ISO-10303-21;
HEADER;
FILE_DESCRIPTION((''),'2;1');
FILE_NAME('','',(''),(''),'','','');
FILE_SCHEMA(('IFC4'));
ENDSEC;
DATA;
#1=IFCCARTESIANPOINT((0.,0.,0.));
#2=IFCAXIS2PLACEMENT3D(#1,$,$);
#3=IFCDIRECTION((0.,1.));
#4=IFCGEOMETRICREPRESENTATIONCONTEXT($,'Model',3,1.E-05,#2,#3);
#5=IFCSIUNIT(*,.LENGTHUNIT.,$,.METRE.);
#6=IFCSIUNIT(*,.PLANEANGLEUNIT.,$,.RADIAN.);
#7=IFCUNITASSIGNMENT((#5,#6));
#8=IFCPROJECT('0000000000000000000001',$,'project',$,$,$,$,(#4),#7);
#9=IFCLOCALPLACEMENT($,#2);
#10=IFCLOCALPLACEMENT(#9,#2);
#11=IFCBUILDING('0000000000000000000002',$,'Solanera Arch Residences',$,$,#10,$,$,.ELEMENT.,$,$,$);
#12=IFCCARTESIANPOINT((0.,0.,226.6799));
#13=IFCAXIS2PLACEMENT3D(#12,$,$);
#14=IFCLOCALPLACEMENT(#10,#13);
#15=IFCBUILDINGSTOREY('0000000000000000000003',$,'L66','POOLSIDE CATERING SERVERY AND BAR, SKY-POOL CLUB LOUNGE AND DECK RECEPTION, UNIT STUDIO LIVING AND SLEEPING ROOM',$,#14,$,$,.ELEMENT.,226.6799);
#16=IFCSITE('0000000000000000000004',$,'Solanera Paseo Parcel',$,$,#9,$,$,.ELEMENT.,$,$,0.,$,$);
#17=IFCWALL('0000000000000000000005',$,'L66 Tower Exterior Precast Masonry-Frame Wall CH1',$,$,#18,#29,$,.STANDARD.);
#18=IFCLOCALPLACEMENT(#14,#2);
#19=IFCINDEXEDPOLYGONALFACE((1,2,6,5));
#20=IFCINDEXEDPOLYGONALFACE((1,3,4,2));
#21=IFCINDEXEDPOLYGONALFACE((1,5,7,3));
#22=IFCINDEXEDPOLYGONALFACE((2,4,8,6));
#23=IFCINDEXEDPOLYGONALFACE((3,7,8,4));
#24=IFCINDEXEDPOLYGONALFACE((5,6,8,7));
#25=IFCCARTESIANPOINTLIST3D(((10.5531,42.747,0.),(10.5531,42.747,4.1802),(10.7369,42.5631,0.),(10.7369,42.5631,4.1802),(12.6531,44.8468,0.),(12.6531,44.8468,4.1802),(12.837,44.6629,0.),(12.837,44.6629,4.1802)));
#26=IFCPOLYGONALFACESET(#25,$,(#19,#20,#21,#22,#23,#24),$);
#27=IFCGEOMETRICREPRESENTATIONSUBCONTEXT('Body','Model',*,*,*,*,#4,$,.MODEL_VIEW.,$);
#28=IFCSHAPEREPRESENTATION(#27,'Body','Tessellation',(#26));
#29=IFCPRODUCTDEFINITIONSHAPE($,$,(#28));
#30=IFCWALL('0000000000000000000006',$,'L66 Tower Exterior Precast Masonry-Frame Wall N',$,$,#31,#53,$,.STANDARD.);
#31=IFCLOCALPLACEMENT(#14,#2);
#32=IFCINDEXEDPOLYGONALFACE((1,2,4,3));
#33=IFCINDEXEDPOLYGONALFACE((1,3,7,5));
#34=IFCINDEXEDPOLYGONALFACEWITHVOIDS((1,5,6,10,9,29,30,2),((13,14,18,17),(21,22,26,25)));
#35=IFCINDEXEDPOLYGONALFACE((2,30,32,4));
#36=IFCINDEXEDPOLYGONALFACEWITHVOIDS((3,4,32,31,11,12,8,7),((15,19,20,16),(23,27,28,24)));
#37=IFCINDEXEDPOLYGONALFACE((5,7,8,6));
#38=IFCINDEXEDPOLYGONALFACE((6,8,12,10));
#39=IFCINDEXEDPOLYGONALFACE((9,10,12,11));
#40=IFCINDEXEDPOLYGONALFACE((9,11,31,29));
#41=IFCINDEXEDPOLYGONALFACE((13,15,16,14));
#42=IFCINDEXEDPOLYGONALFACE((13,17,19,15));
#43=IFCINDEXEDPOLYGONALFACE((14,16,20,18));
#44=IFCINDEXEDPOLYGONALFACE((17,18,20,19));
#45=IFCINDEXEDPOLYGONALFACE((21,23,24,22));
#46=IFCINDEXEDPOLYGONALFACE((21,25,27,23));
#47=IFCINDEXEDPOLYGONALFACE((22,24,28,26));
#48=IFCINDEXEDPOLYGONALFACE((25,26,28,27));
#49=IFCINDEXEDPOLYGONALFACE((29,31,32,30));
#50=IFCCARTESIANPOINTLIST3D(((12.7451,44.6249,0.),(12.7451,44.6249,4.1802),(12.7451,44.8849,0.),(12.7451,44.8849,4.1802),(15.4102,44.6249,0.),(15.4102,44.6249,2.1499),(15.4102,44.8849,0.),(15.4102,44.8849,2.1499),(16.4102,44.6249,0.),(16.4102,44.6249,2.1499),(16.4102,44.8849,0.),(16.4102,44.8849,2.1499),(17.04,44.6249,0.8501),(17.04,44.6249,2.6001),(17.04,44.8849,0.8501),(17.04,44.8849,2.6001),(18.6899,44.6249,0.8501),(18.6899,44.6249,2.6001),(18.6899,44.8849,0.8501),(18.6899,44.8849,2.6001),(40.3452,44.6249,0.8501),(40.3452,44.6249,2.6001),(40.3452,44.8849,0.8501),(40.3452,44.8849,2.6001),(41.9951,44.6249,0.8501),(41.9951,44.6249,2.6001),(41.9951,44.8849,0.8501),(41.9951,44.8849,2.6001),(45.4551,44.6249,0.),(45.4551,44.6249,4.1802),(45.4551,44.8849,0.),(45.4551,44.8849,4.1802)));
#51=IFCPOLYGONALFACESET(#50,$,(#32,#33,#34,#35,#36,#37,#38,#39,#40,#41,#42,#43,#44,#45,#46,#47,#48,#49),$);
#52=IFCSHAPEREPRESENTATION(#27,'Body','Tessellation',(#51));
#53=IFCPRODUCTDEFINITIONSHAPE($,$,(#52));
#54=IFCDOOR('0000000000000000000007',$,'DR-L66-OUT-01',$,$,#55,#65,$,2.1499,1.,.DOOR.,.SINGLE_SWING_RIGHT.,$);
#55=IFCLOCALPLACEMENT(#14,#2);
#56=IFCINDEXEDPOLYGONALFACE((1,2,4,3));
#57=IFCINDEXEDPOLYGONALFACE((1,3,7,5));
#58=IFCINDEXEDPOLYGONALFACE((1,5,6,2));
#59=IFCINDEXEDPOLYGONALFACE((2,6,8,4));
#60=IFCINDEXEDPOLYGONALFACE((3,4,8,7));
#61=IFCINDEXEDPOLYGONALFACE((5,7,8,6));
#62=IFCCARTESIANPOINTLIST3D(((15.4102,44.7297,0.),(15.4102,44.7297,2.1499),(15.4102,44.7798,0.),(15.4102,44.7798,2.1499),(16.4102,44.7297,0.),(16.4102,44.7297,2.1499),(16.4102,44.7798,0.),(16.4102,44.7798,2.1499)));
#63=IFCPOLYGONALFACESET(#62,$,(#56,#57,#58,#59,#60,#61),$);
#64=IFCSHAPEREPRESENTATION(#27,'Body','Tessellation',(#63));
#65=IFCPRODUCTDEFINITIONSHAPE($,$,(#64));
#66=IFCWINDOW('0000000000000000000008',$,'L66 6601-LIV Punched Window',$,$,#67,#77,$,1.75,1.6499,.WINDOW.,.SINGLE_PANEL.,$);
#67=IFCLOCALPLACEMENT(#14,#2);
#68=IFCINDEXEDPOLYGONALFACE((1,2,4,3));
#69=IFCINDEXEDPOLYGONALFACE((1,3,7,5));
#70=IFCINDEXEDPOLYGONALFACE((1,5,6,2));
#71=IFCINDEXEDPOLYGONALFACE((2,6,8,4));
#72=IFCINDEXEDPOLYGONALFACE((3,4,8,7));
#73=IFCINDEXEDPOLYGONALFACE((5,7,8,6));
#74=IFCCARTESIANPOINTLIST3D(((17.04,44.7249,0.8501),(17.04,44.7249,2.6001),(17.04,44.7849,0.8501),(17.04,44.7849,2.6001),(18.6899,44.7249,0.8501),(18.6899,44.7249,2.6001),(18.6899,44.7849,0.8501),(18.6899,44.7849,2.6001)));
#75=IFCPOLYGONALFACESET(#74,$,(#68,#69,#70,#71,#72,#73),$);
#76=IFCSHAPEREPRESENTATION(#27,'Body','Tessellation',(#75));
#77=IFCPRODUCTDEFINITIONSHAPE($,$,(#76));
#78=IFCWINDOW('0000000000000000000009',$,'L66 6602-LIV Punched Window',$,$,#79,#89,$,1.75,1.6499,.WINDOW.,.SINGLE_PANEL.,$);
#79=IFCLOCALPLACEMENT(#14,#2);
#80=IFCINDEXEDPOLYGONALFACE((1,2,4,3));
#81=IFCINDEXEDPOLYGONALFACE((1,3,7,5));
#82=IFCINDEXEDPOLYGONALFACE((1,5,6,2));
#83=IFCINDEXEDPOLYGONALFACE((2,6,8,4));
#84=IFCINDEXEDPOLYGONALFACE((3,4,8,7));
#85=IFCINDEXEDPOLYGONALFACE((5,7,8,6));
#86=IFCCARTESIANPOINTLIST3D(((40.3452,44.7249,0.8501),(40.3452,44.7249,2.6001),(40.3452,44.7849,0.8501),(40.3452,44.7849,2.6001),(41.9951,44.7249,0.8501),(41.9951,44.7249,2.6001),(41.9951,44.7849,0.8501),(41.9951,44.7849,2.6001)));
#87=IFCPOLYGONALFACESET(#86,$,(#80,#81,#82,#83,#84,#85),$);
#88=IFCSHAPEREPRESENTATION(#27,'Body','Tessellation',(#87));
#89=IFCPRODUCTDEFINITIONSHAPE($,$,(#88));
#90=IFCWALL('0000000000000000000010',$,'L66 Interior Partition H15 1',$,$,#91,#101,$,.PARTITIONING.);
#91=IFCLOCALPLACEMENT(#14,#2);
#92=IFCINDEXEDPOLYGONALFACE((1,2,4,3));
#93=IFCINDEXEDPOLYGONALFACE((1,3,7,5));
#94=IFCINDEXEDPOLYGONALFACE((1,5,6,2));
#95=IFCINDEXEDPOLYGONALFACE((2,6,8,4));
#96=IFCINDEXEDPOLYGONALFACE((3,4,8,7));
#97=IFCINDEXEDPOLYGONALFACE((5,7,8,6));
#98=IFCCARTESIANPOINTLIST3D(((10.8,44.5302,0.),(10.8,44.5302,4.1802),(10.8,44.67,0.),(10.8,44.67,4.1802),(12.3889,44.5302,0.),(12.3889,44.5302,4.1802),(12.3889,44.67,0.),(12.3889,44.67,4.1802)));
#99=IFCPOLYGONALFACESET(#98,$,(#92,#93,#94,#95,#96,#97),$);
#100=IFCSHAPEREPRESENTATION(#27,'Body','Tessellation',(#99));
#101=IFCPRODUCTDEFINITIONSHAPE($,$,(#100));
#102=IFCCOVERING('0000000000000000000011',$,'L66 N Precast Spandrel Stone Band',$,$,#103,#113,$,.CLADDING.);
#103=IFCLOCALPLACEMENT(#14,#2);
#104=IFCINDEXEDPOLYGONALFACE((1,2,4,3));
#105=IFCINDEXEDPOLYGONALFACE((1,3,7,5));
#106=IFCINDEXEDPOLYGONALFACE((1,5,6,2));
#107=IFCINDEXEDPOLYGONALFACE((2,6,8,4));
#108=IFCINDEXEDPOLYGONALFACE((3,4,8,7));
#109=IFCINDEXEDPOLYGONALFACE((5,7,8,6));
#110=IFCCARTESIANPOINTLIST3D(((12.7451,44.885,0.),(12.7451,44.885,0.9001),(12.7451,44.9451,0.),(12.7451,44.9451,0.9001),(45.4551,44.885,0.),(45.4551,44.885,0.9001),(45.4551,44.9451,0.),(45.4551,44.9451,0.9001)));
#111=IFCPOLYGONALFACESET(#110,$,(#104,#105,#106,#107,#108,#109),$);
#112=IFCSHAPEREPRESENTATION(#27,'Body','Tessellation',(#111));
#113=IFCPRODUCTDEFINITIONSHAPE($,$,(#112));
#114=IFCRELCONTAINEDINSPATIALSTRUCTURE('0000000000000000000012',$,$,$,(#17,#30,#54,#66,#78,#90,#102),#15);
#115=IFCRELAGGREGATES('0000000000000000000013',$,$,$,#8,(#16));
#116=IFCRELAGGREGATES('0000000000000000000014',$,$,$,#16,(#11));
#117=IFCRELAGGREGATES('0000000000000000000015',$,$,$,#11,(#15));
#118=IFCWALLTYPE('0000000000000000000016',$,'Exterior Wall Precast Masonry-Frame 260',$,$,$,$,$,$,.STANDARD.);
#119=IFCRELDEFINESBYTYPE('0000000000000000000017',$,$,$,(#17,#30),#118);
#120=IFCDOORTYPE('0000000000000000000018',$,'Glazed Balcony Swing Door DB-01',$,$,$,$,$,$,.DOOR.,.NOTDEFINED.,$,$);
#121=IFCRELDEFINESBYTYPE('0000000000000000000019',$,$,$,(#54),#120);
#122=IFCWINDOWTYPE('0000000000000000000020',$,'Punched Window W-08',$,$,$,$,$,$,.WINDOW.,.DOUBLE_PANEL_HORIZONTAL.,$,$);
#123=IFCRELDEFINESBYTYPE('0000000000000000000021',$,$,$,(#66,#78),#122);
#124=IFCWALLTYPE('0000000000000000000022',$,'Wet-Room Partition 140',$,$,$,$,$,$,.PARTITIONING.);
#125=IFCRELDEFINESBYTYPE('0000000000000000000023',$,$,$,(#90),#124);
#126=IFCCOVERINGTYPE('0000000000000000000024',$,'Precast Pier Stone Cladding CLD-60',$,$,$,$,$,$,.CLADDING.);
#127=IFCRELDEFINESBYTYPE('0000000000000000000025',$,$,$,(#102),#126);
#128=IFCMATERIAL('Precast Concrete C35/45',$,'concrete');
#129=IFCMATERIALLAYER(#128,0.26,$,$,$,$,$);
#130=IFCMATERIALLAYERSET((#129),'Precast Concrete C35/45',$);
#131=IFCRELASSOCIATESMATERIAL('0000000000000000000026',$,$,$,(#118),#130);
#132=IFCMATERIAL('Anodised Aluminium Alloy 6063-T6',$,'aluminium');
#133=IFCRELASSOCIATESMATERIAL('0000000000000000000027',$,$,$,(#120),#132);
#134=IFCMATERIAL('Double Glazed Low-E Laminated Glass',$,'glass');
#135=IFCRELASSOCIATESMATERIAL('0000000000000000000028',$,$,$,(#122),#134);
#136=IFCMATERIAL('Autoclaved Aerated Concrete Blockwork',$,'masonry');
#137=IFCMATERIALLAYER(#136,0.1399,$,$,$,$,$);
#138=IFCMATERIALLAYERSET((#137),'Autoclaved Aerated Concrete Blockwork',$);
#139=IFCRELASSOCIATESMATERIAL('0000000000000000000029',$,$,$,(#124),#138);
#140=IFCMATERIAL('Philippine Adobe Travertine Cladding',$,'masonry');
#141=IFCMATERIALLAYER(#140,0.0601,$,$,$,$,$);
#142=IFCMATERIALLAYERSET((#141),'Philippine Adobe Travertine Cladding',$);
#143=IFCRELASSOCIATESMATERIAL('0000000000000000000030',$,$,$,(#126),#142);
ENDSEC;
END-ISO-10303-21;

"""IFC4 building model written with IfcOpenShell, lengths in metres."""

from ifc_helpers import new_model, si_unit, direction, frame, frame_2d, origin, place, context, subcontext, project, spatial, rectangle, extrude, material, layer, layer_set, type_object, element, fill, save


model = new_model("IFC4")

# Units and contexts
model_context = context("Model", 3, precision=1e-05, world=origin(), true_north=direction((0.0, 1.0)))
body_context = subcontext(model_context, "Body", "Model", "MODEL_VIEW")
ifc_project = project(units=[si_unit("LENGTHUNIT", "METRE"), si_unit("PLANEANGLEUNIT", "RADIAN")], contexts=[model_context])

# Site, building, storey
site_placement = place(None, origin())
site = spatial("IfcSite", under=ifc_project, at=site_placement, Name="Solanera Paseo Parcel", CompositionType="ELEMENT", RefElevation=0.0)
building_placement = place(site_placement, origin())
building = spatial("IfcBuilding", under=site, at=building_placement, Name="Solanera Arch Residences", CompositionType="ELEMENT")
storey_placement = place(building_placement, frame((0.0, 0.0, 226.6799)))
storey = spatial("IfcBuildingStorey", under=building, at=storey_placement, Name="L66", Description="POOLSIDE CATERING SERVERY AND BAR, SKY-POOL CLUB LOUNGE AND DECK RECEPTION, UNIT STUDIO LIVING AND SLEEPING ROOM", CompositionType="ELEMENT", Elevation=226.6799)

# Wall
ifc_material_1 = material(Name="Precast Concrete C35/45", Category="concrete")
ifc_layer_1 = layer(ifc_material_1, 0.26)
ifc_layer_set_1 = layer_set([ifc_layer_1], Name="Precast Concrete C35/45")
wall_type_1 = type_object("IfcWallType", Name="Exterior Wall Precast Masonry-Frame 260", PredefinedType="STANDARD", material=ifc_layer_set_1)
wall_1_placement = place(storey_placement, frame((10.645, 42.655, 0.0), z_axis=(0.0, 0.0, 1.0), x_axis=(0.707148, 0.707066, 0.0)))
element("IfcWall", 1, at=wall_1_placement, inside=storey, type_object=wall_type_1, Name="L66 Tower Exterior Precast Masonry-Frame Wall CH1", PredefinedType="STANDARD", context=body_context, shape_type="SweptSolid", body=[
    extrude(rectangle(XDim=2.9697, YDim=0.26, at=frame_2d((1.4849, 0.0))), origin(), (0.0, 0.0, 1.0), 4.1802),
])

# Wall, openings, door, windows
wall_2_placement = place(storey_placement, frame((12.7451, 44.7549, 0.0), z_axis=(0.0, 0.0, 1.0), x_axis=(1.0, 0.0, 0.0)))
wall_2 = element("IfcWall", 2, at=wall_2_placement, inside=storey, type_object=wall_type_1, Name="L66 Tower Exterior Precast Masonry-Frame Wall N", PredefinedType="STANDARD", context=body_context, shape_type="SweptSolid", body=[
    extrude(rectangle(XDim=32.71, YDim=0.26, at=frame_2d((16.355, 0.0))), origin(), (0.0, 0.0, 1.0), 4.1802),
])
opening_1_placement = place(wall_2_placement, frame((2.665, 0.0, 0.0)))
opening_1 = element("IfcOpeningElement", 3, at=opening_1_placement, cuts=wall_2, PredefinedType="OPENING", context=body_context, shape_type="SweptSolid", body=[
    extrude(rectangle(XDim=1.0, YDim=2.1499, at=frame_2d((0.5, 1.075))), frame((0.0, 0.1399, 0.0), z_axis=(0.0, -1.0, 0.0), x_axis=(1.0, 0.0, 0.0)), (0.0, 0.0, 1.0), 0.28),
])
opening_2_placement = place(wall_2_placement, frame((4.2949, 0.0, 0.8501)))
opening_2 = element("IfcOpeningElement", 4, at=opening_2_placement, cuts=wall_2, PredefinedType="OPENING", context=body_context, shape_type="SweptSolid", body=[
    extrude(rectangle(XDim=1.6499, YDim=1.75, at=frame_2d((0.825, 0.875))), frame((0.0, 0.1399, 0.0), z_axis=(0.0, -1.0, 0.0), x_axis=(1.0, 0.0, 0.0)), (0.0, 0.0, 1.0), 0.28),
])
opening_3_placement = place(wall_2_placement, frame((27.6001, 0.0, 0.8501)))
opening_3 = element("IfcOpeningElement", 5, at=opening_3_placement, cuts=wall_2, PredefinedType="OPENING", context=body_context, shape_type="SweptSolid", body=[
    extrude(rectangle(XDim=1.6499, YDim=1.75, at=frame_2d((0.825, 0.875))), frame((0.0, 0.1399, 0.0), z_axis=(0.0, -1.0, 0.0), x_axis=(1.0, 0.0, 0.0)), (0.0, 0.0, 1.0), 0.28),
])
ifc_material_2 = material(Name="Anodised Aluminium Alloy 6063-T6", Category="aluminium")
door_type_1 = type_object("IfcDoorType", Name="Glazed Balcony Swing Door DB-01", OperationType="NOTDEFINED", PredefinedType="DOOR", material=ifc_material_2)
door_1_placement = place(opening_1_placement, origin())
door_1 = element("IfcDoor", 6, at=door_1_placement, inside=storey, type_object=door_type_1, Name="DR-L66-OUT-01", OperationType="SINGLE_SWING_RIGHT", OverallHeight=2.1499, OverallWidth=1.0, PredefinedType="DOOR", context=body_context, shape_type="SweptSolid", body=[
    extrude(rectangle(XDim=1.0, YDim=2.1499, at=frame_2d((0.5, 1.075))), frame((0.0, 0.0249, 0.0), z_axis=(0.0, -1.0, 0.0), x_axis=(1.0, 0.0, 0.0)), (0.0, 0.0, 1.0), 0.05),
])
fill(opening_1, door_1)
ifc_material_3 = material(Name="Double Glazed Low-E Laminated Glass", Category="glass")
window_type = type_object("IfcWindowType", Name="Punched Window W-08", PartitioningType="DOUBLE_PANEL_HORIZONTAL", PredefinedType="WINDOW", material=ifc_material_3)
window_1_placement = place(opening_2_placement, origin())
window_1 = element("IfcWindow", 7, at=window_1_placement, inside=storey, type_object=window_type, Name="L66 6601-LIV Punched Window", OverallHeight=1.75, OverallWidth=1.6499, PartitioningType="SINGLE_PANEL", PredefinedType="WINDOW", context=body_context, shape_type="SweptSolid", body=[
    extrude(rectangle(XDim=1.6499, YDim=1.75, at=frame_2d((0.825, 0.875))), frame((0.0, 0.03, 0.0), z_axis=(0.0, -1.0, 0.0), x_axis=(1.0, 0.0, 0.0)), (0.0, 0.0, 1.0), 0.0601),
])
fill(opening_2, window_1)
window_2_placement = place(opening_3_placement, origin())
window_2 = element("IfcWindow", 8, at=window_2_placement, inside=storey, type_object=window_type, Name="L66 6602-LIV Punched Window", OverallHeight=1.75, OverallWidth=1.6499, PartitioningType="SINGLE_PANEL", PredefinedType="WINDOW", context=body_context, shape_type="SweptSolid", body=[
    extrude(rectangle(XDim=1.6499, YDim=1.75, at=frame_2d((0.825, 0.875))), frame((0.0, 0.03, 0.0), z_axis=(0.0, -1.0, 0.0), x_axis=(1.0, 0.0, 0.0)), (0.0, 0.0, 1.0), 0.0601),
])
fill(opening_3, window_2)

# Wall
ifc_material_4 = material(Name="Autoclaved Aerated Concrete Blockwork", Category="masonry")
ifc_layer_2 = layer(ifc_material_4, 0.1399)
ifc_layer_set_2 = layer_set([ifc_layer_2], Name="Autoclaved Aerated Concrete Blockwork")
wall_type_2 = type_object("IfcWallType", Name="Wet-Room Partition 140", PredefinedType="PARTITIONING", material=ifc_layer_set_2)
wall_3_placement = place(storey_placement, frame((10.8, 44.6001, 0.0), z_axis=(0.0, 0.0, 1.0), x_axis=(1.0, 0.0, 0.0)))
element("IfcWall", 9, at=wall_3_placement, inside=storey, type_object=wall_type_2, Name="L66 Interior Partition H15 1", PredefinedType="PARTITIONING", context=body_context, shape_type="SweptSolid", body=[
    extrude(rectangle(XDim=1.5889, YDim=0.1399, at=frame_2d((0.7944, 0.0))), origin(), (0.0, 0.0, 1.0), 4.1802),
])

# Covering
ifc_material_5 = material(Name="Philippine Adobe Travertine Cladding", Category="masonry")
ifc_layer_3 = layer(ifc_material_5, 0.0601)
ifc_layer_set_3 = layer_set([ifc_layer_3], Name="Philippine Adobe Travertine Cladding")
covering_type = type_object("IfcCoveringType", Name="Precast Pier Stone Cladding CLD-60", PredefinedType="CLADDING", material=ifc_layer_set_3)
covering_placement = place(storey_placement, frame((12.7451, 44.915, 0.0), z_axis=(0.0, 0.0, 1.0), x_axis=(1.0, 0.0, 0.0)))
element("IfcCovering", 10, at=covering_placement, inside=storey, type_object=covering_type, Name="L66 N Precast Spandrel Stone Band", PredefinedType="CLADDING", context=body_context, shape_type="SweptSolid", body=[
    extrude(rectangle(XDim=32.71, YDim=0.0601, at=frame_2d((16.355, 0.0))), origin(), (0.0, 0.0, 1.0), 0.9001),
])

save(model, "model.ifc")
